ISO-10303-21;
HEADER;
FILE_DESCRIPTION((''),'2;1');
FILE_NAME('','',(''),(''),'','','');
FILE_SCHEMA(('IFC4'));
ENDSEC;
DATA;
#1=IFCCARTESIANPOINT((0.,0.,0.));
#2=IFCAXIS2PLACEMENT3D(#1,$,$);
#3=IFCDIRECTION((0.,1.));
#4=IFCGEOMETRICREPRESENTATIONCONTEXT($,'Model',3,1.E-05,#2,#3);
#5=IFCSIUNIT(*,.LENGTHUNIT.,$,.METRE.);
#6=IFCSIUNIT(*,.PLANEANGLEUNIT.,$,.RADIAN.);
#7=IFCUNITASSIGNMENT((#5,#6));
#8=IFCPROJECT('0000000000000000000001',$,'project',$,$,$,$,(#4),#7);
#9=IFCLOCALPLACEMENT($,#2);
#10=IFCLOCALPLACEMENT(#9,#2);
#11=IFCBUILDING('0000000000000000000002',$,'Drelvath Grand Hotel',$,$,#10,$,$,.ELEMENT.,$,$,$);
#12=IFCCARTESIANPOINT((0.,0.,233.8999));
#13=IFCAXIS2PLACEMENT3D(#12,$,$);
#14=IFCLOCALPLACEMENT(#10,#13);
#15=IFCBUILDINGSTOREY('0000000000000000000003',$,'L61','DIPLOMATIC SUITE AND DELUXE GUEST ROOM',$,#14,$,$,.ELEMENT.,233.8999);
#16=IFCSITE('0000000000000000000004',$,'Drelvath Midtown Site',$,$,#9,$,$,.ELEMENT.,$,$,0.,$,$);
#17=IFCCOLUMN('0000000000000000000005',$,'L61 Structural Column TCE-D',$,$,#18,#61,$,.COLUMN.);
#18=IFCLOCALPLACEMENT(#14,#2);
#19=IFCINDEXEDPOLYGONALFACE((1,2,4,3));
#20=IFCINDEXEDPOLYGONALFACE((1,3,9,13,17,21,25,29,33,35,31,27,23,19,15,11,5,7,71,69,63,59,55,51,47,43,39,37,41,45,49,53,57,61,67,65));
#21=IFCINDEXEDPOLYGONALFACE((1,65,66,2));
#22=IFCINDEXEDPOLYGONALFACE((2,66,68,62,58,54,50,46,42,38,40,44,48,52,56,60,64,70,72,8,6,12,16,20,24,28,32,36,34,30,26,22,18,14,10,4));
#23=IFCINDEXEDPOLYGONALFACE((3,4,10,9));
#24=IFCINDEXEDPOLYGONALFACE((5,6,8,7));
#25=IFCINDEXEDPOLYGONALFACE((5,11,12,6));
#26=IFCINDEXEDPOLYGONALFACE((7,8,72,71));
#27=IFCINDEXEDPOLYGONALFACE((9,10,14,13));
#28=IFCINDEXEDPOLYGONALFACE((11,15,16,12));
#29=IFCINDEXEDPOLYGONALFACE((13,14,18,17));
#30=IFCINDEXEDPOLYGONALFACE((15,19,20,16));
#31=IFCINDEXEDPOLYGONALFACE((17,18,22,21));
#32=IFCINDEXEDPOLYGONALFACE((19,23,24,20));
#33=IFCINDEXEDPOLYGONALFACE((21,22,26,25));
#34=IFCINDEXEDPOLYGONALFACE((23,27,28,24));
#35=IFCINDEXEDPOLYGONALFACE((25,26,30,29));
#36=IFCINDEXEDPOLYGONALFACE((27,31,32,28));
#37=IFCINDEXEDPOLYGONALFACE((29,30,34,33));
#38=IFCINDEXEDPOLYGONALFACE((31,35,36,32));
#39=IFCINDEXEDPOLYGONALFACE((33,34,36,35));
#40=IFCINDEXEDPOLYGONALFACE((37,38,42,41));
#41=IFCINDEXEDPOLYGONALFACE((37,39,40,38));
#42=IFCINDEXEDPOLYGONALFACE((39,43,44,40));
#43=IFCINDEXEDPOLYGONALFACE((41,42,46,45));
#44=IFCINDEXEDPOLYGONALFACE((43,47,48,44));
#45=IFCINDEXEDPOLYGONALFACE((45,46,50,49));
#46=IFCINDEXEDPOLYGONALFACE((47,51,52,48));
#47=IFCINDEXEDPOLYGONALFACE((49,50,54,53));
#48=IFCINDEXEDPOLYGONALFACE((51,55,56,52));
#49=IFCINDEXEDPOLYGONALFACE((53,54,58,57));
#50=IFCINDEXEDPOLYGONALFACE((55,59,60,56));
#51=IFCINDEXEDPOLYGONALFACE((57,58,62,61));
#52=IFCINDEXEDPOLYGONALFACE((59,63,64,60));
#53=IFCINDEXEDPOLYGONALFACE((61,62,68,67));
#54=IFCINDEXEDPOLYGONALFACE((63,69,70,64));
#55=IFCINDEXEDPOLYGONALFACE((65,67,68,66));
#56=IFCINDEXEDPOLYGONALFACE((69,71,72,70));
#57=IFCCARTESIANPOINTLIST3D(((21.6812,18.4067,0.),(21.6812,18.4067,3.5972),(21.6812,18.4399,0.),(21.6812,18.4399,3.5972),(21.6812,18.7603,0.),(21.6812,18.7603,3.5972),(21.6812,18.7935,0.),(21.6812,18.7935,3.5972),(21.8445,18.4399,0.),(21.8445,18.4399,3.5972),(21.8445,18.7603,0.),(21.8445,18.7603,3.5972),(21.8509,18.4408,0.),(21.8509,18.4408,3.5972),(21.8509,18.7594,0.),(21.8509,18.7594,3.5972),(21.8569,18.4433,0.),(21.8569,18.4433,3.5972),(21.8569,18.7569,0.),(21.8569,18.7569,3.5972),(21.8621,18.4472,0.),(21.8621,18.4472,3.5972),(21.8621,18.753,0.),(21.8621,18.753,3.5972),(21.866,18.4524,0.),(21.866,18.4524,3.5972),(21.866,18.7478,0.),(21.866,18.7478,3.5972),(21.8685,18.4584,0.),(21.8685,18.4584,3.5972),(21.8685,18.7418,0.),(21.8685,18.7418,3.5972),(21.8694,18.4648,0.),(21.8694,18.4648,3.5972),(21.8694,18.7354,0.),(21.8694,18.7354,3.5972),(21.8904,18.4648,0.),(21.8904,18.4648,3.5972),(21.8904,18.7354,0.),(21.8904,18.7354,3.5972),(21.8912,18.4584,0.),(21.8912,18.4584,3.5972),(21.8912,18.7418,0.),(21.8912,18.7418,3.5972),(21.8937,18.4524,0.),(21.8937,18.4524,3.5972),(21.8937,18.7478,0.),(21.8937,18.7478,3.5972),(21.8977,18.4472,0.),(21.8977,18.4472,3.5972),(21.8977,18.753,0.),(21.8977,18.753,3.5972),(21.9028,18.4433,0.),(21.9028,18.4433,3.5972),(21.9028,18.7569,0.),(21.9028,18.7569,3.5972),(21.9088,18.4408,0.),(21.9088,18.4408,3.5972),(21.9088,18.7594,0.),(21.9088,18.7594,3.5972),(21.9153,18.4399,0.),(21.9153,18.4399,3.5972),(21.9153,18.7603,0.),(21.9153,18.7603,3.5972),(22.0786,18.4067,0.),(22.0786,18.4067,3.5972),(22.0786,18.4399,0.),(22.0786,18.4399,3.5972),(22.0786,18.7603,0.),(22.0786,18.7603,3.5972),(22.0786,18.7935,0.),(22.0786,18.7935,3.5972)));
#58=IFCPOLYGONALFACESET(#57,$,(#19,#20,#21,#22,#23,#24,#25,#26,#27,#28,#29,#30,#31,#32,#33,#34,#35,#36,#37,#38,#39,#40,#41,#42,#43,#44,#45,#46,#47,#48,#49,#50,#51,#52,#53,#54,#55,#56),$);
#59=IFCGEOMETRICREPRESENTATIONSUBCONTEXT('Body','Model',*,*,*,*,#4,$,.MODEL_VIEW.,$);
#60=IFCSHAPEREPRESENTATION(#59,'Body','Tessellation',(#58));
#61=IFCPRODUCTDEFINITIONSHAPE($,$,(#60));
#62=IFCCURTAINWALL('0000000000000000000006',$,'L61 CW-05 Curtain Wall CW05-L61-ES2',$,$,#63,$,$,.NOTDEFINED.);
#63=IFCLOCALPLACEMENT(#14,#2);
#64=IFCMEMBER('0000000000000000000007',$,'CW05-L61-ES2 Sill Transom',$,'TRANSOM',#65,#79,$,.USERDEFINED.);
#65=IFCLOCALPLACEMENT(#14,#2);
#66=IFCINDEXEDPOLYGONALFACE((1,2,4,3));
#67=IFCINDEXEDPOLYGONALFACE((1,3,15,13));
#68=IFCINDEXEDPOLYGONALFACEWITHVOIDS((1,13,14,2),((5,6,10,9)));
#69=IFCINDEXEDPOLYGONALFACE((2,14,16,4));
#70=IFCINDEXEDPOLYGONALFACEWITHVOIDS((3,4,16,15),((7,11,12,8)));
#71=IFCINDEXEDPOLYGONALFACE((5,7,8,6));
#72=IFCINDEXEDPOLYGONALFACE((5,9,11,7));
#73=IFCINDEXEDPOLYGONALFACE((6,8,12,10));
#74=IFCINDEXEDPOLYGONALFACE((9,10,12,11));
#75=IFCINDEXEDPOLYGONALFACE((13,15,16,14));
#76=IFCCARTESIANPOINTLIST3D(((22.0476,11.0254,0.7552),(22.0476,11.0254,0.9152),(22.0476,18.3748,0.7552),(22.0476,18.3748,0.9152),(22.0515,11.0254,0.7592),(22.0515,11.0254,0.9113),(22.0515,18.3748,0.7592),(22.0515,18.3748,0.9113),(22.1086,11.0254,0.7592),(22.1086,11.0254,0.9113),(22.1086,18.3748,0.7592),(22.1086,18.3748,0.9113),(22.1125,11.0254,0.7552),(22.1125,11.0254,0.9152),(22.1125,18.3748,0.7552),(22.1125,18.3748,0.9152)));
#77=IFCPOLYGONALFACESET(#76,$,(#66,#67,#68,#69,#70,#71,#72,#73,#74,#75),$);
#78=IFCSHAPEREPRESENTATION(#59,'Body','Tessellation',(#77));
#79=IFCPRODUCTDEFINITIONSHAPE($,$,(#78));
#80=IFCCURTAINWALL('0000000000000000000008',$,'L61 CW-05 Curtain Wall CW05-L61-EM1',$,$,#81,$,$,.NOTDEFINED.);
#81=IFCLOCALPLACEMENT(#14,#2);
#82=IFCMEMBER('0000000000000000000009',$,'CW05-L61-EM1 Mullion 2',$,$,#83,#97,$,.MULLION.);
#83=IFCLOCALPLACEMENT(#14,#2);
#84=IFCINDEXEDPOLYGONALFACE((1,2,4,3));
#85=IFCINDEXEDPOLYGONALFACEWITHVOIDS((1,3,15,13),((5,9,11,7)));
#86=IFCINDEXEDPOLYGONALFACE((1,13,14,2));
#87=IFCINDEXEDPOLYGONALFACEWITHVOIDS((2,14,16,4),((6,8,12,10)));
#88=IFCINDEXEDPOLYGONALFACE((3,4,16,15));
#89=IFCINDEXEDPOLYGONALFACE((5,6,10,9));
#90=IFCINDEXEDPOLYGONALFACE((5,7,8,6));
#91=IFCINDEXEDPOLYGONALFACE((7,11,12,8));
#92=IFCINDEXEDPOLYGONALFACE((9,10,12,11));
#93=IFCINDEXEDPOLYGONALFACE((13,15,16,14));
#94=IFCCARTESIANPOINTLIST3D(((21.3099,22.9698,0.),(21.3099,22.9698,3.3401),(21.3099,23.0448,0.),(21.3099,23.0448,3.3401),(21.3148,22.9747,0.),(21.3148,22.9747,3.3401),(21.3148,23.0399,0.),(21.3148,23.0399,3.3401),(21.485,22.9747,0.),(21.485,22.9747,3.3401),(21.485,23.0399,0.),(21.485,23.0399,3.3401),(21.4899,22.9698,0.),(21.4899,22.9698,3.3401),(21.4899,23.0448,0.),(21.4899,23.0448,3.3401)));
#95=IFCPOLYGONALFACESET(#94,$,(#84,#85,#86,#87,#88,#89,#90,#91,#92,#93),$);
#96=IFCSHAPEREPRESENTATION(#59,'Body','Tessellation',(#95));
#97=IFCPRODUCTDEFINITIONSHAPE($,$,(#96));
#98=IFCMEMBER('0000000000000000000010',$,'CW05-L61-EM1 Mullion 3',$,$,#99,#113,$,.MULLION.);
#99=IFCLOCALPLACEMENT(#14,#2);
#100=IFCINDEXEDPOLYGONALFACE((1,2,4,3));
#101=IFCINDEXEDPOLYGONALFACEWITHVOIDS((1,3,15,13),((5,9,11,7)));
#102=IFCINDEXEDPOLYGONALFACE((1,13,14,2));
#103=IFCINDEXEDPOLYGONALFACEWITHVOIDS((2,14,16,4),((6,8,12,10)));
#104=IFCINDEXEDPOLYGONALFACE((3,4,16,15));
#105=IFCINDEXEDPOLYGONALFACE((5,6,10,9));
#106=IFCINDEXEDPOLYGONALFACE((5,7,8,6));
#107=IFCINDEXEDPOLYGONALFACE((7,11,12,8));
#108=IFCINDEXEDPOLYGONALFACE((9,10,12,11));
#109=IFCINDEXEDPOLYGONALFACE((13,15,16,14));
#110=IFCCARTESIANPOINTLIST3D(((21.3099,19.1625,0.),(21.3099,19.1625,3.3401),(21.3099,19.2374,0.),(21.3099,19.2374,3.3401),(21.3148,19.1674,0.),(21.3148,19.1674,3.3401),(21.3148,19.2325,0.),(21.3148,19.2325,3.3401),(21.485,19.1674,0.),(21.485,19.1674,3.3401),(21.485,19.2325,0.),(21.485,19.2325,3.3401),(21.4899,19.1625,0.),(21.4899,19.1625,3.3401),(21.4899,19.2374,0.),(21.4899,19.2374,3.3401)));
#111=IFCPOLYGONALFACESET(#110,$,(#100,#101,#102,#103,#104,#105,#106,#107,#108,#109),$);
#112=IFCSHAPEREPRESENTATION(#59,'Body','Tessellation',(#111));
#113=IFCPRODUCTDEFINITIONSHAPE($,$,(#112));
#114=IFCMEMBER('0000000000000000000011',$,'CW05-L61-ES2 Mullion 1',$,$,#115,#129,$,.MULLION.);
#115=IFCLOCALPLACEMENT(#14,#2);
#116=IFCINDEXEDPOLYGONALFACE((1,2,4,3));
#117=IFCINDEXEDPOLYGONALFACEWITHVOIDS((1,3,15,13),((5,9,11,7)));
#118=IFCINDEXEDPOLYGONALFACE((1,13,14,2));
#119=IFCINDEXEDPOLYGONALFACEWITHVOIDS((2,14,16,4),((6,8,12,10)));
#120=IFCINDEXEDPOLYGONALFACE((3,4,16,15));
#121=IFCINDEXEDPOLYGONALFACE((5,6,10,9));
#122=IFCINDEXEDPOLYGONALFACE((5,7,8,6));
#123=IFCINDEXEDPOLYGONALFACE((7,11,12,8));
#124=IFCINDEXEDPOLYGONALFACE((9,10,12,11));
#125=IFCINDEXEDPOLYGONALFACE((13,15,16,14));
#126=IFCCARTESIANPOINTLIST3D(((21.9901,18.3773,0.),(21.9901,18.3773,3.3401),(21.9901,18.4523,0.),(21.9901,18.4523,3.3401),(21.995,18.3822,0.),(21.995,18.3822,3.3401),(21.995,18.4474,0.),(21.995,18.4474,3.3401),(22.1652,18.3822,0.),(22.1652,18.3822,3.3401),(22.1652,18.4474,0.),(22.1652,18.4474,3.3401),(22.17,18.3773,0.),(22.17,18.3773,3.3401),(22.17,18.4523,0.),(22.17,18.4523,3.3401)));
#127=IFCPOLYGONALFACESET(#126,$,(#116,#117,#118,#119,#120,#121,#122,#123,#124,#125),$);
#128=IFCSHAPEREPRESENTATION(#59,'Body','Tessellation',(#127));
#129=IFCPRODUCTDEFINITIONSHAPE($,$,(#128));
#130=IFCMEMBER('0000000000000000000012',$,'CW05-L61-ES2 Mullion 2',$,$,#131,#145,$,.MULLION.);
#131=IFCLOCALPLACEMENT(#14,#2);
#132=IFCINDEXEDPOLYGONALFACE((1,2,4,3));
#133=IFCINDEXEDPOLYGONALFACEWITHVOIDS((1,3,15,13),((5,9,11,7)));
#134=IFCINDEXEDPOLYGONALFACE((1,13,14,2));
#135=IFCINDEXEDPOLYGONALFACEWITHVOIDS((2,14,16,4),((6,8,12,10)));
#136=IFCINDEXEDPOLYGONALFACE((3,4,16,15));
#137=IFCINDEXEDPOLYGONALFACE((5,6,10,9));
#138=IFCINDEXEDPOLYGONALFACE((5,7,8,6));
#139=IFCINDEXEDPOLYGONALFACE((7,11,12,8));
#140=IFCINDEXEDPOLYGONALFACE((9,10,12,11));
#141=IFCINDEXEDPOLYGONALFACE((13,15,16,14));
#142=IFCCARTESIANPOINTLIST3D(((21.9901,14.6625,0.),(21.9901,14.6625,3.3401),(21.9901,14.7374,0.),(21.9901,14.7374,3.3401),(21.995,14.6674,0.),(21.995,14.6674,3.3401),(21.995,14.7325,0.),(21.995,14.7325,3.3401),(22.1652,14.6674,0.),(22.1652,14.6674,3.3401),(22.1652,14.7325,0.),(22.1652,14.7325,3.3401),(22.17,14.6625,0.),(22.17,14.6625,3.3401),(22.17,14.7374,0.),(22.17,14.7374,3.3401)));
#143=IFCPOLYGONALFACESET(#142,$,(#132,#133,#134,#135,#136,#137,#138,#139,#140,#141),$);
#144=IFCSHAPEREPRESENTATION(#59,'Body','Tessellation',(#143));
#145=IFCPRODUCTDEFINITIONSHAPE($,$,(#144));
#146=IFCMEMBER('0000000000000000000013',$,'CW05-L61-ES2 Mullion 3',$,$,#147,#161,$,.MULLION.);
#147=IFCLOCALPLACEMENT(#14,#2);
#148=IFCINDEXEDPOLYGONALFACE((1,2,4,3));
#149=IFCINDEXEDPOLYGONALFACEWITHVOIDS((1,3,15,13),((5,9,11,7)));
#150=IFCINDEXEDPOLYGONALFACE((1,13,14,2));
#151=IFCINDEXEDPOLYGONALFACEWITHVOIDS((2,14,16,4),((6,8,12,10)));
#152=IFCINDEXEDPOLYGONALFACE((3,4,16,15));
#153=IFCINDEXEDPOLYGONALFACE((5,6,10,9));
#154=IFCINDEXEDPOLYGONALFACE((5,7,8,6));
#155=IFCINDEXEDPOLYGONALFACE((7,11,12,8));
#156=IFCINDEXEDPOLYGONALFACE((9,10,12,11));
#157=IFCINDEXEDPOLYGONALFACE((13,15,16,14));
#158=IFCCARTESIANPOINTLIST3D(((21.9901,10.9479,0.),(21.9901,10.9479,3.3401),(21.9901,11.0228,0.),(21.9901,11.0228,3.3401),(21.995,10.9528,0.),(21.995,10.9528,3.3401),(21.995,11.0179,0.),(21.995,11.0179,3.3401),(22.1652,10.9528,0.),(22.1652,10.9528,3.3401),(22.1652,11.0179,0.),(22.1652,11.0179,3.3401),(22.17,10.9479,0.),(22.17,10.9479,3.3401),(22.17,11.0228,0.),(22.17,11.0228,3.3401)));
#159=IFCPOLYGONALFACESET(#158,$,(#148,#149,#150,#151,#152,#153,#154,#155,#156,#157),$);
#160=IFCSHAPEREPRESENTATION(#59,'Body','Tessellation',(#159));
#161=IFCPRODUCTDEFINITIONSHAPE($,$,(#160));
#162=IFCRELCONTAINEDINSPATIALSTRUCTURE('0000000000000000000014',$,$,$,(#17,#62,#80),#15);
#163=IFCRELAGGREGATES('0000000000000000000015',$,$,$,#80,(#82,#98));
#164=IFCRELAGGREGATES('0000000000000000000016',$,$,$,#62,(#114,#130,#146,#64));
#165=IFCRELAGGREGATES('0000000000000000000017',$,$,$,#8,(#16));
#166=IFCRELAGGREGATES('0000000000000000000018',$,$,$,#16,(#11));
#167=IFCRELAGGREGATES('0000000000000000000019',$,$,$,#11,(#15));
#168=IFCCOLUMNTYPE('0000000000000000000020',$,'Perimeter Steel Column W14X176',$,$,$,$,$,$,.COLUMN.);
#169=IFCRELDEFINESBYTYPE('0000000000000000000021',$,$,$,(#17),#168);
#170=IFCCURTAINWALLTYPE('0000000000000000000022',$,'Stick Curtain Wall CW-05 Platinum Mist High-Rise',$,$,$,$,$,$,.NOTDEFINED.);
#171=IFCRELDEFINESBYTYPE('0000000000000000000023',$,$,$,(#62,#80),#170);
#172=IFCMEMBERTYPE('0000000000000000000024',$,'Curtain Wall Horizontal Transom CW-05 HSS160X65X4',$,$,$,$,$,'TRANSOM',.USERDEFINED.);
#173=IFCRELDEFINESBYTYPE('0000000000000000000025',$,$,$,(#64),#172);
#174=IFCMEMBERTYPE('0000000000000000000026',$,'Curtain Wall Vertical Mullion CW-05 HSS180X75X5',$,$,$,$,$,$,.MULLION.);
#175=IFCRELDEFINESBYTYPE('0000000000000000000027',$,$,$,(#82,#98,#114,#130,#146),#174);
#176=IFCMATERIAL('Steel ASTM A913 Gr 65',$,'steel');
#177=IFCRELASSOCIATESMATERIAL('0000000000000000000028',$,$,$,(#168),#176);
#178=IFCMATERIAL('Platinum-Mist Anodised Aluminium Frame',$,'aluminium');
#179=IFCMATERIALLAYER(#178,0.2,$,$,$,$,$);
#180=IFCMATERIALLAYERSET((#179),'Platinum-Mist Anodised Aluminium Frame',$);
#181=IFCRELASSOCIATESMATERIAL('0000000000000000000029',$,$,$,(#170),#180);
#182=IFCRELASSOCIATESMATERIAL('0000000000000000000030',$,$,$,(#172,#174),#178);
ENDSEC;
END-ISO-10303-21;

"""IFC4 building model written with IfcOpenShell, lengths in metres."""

from ifc_helpers import new_model, si_unit, direction, frame, origin, origin_2d, place, context, subcontext, project, spatial, hollow_rectangle, i_section, extrude, material, layer, layer_set, material_profile, profile_set, type_object, element, aggregate, save


model = new_model("IFC4")

# Units and contexts
model_context = context("Model", 3, precision=1e-05, world=origin(), true_north=direction((0.0, 1.0)))
body_context = subcontext(model_context, "Body", "Model", "MODEL_VIEW")
ifc_project = project(units=[si_unit("LENGTHUNIT", "METRE"), si_unit("PLANEANGLEUNIT", "RADIAN")], contexts=[model_context])

# Site, building, storey
site_placement = place(None, origin())
site = spatial("IfcSite", under=ifc_project, at=site_placement, Name="Drelvath Midtown Site", CompositionType="ELEMENT", RefElevation=0.0)
building_placement = place(site_placement, origin())
building = spatial("IfcBuilding", under=site, at=building_placement, Name="Drelvath Grand Hotel", CompositionType="ELEMENT")
storey_placement = place(building_placement, frame((0.0, 0.0, 233.8999)))
storey = spatial("IfcBuildingStorey", under=building, at=storey_placement, Name="L61", Description="DIPLOMATIC SUITE AND DELUXE GUEST ROOM", CompositionType="ELEMENT", Elevation=233.8999)

# Column
ifc_material_1 = material(Name="Steel ASTM A913 Gr 65", Category="steel")
ifc_material_profile_1 = material_profile(ifc_material_1, i_section(OverallWidth=0.3975, OverallDepth=0.3867, WebThickness=0.021, FlangeThickness=0.0332, FilletRadius=0.0249, at=origin_2d()), Name="W14X176")
ifc_profile_set_1 = profile_set([ifc_material_profile_1], Name="Steel ASTM A913 Gr 65")
column_type = type_object("IfcColumnType", Name="Perimeter Steel Column W14X176", PredefinedType="COLUMN", material=ifc_profile_set_1)
column_placement = place(storey_placement, frame((21.8799, 18.6001, 0.0), z_axis=(0.0, 0.0, 1.0), x_axis=(1.0, 0.0, 0.0)))
element("IfcColumn", 1, at=column_placement, inside=storey, type_object=column_type, Name="L61 Structural Column TCE-D", PredefinedType="COLUMN", context=body_context, shape_type="SweptSolid", body=[
    extrude(i_section(OverallWidth=0.3975, OverallDepth=0.3867, WebThickness=0.021, FlangeThickness=0.0332, FilletRadius=0.0249, at=origin_2d()), origin(), (0.0, 0.0, 1.0), 3.5972),
])

# Curtain wall, member
ifc_material_2 = material(Name="Platinum-Mist Anodised Aluminium Frame", Category="aluminium")
ifc_layer_1 = layer(ifc_material_2, 0.2)
ifc_layer_set_1 = layer_set([ifc_layer_1], Name="Platinum-Mist Anodised Aluminium Frame")
curtain_wall_type = type_object("IfcCurtainWallType", Name="Stick Curtain Wall CW-05 Platinum Mist High-Rise", PredefinedType="NOTDEFINED", material=ifc_layer_set_1)
curtain_wall_1_placement = place(storey_placement, origin())
curtain_wall_1 = element("IfcCurtainWall", 2, at=curtain_wall_1_placement, inside=storey, type_object=curtain_wall_type, Name="L61 CW-05 Curtain Wall CW05-L61-ES2", PredefinedType="NOTDEFINED")
ifc_material_profile_2 = material_profile(ifc_material_2, hollow_rectangle(XDim=0.0649, YDim=0.1599, WallThickness=0.0039, at=origin_2d()), Name="HSS160X65X4")
ifc_profile_set_2 = profile_set([ifc_material_profile_2], Name="Platinum-Mist Anodised Aluminium Frame")
member_type_1 = type_object("IfcMemberType", Name="Curtain Wall Horizontal Transom CW-05 HSS160X65X4", ElementType="TRANSOM", PredefinedType="USERDEFINED", material=ifc_profile_set_2)
member_1_placement = place(storey_placement, frame((22.0801, 18.3748, 0.8352), z_axis=(0.0, -1.0, 0.0), x_axis=(1.0, 0.0, 0.0)))
member_1 = element("IfcMember", 3, at=member_1_placement, type_object=member_type_1, Name="CW05-L61-ES2 Sill Transom", ObjectType="TRANSOM", PredefinedType="USERDEFINED", context=body_context, shape_type="SweptSolid", body=[
    extrude(hollow_rectangle(XDim=0.0649, YDim=0.1599, WallThickness=0.0039, at=origin_2d()), origin(), (0.0, 0.0, 1.0), 7.3494),
])

# Curtain wall, members
curtain_wall_2_placement = place(storey_placement, origin())
curtain_wall_2 = element("IfcCurtainWall", 4, at=curtain_wall_2_placement, inside=storey, type_object=curtain_wall_type, Name="L61 CW-05 Curtain Wall CW05-L61-EM1", PredefinedType="NOTDEFINED")
ifc_material_profile_3 = material_profile(ifc_material_2, hollow_rectangle(XDim=0.075, YDim=0.1799, WallThickness=0.0049, at=origin_2d()), Name="HSS180X75X5")
ifc_profile_set_3 = profile_set([ifc_material_profile_3], Name="Platinum-Mist Anodised Aluminium Frame")
member_type_2 = type_object("IfcMemberType", Name="Curtain Wall Vertical Mullion CW-05 HSS180X75X5", PredefinedType="MULLION", material=ifc_profile_set_3)
member_2_placement = place(storey_placement, frame((21.3999, 23.0073, 0.0), z_axis=(0.0, 0.0, 1.0), x_axis=(0.0, 1.0, 0.0)))
member_2 = element("IfcMember", 5, at=member_2_placement, type_object=member_type_2, Name="CW05-L61-EM1 Mullion 2", PredefinedType="MULLION", context=body_context, shape_type="SweptSolid", body=[
    extrude(hollow_rectangle(XDim=0.075, YDim=0.1799, WallThickness=0.0049, at=origin_2d()), origin(), (0.0, 0.0, 1.0), 3.3401),
])
member_3_placement = place(storey_placement, frame((21.3999, 19.2, 0.0), z_axis=(0.0, 0.0, 1.0), x_axis=(0.0, 1.0, 0.0)))
member_3 = element("IfcMember", 6, at=member_3_placement, type_object=member_type_2, Name="CW05-L61-EM1 Mullion 3", PredefinedType="MULLION", context=body_context, shape_type="SweptSolid", body=[
    extrude(hollow_rectangle(XDim=0.075, YDim=0.1799, WallThickness=0.0049, at=origin_2d()), origin(), (0.0, 0.0, 1.0), 3.3401),
])

# Members
member_4_placement = place(storey_placement, frame((22.0801, 18.4148, 0.0), z_axis=(0.0, 0.0, 1.0), x_axis=(0.0, 1.0, 0.0)))
member_4 = element("IfcMember", 7, at=member_4_placement, type_object=member_type_2, Name="CW05-L61-ES2 Mullion 1", PredefinedType="MULLION", context=body_context, shape_type="SweptSolid", body=[
    extrude(hollow_rectangle(XDim=0.075, YDim=0.1799, WallThickness=0.0049, at=origin_2d()), origin(), (0.0, 0.0, 1.0), 3.3401),
])
member_5_placement = place(storey_placement, frame((22.0801, 14.7, 0.0), z_axis=(0.0, 0.0, 1.0), x_axis=(0.0, 1.0, 0.0)))
member_5 = element("IfcMember", 8, at=member_5_placement, type_object=member_type_2, Name="CW05-L61-ES2 Mullion 2", PredefinedType="MULLION", context=body_context, shape_type="SweptSolid", body=[
    extrude(hollow_rectangle(XDim=0.075, YDim=0.1799, WallThickness=0.0049, at=origin_2d()), origin(), (0.0, 0.0, 1.0), 3.3401),
])
member_6_placement = place(storey_placement, frame((22.0801, 10.9854, 0.0), z_axis=(0.0, 0.0, 1.0), x_axis=(0.0, 1.0, 0.0)))
member_6 = element("IfcMember", 9, at=member_6_placement, type_object=member_type_2, Name="CW05-L61-ES2 Mullion 3", PredefinedType="MULLION", context=body_context, shape_type="SweptSolid", body=[
    extrude(hollow_rectangle(XDim=0.075, YDim=0.1799, WallThickness=0.0049, at=origin_2d()), origin(), (0.0, 0.0, 1.0), 3.3401),
])

aggregate(curtain_wall_2, [member_2, member_3])
aggregate(curtain_wall_1, [member_4, member_5, member_6, member_1])

save(model, "model.ifc")
